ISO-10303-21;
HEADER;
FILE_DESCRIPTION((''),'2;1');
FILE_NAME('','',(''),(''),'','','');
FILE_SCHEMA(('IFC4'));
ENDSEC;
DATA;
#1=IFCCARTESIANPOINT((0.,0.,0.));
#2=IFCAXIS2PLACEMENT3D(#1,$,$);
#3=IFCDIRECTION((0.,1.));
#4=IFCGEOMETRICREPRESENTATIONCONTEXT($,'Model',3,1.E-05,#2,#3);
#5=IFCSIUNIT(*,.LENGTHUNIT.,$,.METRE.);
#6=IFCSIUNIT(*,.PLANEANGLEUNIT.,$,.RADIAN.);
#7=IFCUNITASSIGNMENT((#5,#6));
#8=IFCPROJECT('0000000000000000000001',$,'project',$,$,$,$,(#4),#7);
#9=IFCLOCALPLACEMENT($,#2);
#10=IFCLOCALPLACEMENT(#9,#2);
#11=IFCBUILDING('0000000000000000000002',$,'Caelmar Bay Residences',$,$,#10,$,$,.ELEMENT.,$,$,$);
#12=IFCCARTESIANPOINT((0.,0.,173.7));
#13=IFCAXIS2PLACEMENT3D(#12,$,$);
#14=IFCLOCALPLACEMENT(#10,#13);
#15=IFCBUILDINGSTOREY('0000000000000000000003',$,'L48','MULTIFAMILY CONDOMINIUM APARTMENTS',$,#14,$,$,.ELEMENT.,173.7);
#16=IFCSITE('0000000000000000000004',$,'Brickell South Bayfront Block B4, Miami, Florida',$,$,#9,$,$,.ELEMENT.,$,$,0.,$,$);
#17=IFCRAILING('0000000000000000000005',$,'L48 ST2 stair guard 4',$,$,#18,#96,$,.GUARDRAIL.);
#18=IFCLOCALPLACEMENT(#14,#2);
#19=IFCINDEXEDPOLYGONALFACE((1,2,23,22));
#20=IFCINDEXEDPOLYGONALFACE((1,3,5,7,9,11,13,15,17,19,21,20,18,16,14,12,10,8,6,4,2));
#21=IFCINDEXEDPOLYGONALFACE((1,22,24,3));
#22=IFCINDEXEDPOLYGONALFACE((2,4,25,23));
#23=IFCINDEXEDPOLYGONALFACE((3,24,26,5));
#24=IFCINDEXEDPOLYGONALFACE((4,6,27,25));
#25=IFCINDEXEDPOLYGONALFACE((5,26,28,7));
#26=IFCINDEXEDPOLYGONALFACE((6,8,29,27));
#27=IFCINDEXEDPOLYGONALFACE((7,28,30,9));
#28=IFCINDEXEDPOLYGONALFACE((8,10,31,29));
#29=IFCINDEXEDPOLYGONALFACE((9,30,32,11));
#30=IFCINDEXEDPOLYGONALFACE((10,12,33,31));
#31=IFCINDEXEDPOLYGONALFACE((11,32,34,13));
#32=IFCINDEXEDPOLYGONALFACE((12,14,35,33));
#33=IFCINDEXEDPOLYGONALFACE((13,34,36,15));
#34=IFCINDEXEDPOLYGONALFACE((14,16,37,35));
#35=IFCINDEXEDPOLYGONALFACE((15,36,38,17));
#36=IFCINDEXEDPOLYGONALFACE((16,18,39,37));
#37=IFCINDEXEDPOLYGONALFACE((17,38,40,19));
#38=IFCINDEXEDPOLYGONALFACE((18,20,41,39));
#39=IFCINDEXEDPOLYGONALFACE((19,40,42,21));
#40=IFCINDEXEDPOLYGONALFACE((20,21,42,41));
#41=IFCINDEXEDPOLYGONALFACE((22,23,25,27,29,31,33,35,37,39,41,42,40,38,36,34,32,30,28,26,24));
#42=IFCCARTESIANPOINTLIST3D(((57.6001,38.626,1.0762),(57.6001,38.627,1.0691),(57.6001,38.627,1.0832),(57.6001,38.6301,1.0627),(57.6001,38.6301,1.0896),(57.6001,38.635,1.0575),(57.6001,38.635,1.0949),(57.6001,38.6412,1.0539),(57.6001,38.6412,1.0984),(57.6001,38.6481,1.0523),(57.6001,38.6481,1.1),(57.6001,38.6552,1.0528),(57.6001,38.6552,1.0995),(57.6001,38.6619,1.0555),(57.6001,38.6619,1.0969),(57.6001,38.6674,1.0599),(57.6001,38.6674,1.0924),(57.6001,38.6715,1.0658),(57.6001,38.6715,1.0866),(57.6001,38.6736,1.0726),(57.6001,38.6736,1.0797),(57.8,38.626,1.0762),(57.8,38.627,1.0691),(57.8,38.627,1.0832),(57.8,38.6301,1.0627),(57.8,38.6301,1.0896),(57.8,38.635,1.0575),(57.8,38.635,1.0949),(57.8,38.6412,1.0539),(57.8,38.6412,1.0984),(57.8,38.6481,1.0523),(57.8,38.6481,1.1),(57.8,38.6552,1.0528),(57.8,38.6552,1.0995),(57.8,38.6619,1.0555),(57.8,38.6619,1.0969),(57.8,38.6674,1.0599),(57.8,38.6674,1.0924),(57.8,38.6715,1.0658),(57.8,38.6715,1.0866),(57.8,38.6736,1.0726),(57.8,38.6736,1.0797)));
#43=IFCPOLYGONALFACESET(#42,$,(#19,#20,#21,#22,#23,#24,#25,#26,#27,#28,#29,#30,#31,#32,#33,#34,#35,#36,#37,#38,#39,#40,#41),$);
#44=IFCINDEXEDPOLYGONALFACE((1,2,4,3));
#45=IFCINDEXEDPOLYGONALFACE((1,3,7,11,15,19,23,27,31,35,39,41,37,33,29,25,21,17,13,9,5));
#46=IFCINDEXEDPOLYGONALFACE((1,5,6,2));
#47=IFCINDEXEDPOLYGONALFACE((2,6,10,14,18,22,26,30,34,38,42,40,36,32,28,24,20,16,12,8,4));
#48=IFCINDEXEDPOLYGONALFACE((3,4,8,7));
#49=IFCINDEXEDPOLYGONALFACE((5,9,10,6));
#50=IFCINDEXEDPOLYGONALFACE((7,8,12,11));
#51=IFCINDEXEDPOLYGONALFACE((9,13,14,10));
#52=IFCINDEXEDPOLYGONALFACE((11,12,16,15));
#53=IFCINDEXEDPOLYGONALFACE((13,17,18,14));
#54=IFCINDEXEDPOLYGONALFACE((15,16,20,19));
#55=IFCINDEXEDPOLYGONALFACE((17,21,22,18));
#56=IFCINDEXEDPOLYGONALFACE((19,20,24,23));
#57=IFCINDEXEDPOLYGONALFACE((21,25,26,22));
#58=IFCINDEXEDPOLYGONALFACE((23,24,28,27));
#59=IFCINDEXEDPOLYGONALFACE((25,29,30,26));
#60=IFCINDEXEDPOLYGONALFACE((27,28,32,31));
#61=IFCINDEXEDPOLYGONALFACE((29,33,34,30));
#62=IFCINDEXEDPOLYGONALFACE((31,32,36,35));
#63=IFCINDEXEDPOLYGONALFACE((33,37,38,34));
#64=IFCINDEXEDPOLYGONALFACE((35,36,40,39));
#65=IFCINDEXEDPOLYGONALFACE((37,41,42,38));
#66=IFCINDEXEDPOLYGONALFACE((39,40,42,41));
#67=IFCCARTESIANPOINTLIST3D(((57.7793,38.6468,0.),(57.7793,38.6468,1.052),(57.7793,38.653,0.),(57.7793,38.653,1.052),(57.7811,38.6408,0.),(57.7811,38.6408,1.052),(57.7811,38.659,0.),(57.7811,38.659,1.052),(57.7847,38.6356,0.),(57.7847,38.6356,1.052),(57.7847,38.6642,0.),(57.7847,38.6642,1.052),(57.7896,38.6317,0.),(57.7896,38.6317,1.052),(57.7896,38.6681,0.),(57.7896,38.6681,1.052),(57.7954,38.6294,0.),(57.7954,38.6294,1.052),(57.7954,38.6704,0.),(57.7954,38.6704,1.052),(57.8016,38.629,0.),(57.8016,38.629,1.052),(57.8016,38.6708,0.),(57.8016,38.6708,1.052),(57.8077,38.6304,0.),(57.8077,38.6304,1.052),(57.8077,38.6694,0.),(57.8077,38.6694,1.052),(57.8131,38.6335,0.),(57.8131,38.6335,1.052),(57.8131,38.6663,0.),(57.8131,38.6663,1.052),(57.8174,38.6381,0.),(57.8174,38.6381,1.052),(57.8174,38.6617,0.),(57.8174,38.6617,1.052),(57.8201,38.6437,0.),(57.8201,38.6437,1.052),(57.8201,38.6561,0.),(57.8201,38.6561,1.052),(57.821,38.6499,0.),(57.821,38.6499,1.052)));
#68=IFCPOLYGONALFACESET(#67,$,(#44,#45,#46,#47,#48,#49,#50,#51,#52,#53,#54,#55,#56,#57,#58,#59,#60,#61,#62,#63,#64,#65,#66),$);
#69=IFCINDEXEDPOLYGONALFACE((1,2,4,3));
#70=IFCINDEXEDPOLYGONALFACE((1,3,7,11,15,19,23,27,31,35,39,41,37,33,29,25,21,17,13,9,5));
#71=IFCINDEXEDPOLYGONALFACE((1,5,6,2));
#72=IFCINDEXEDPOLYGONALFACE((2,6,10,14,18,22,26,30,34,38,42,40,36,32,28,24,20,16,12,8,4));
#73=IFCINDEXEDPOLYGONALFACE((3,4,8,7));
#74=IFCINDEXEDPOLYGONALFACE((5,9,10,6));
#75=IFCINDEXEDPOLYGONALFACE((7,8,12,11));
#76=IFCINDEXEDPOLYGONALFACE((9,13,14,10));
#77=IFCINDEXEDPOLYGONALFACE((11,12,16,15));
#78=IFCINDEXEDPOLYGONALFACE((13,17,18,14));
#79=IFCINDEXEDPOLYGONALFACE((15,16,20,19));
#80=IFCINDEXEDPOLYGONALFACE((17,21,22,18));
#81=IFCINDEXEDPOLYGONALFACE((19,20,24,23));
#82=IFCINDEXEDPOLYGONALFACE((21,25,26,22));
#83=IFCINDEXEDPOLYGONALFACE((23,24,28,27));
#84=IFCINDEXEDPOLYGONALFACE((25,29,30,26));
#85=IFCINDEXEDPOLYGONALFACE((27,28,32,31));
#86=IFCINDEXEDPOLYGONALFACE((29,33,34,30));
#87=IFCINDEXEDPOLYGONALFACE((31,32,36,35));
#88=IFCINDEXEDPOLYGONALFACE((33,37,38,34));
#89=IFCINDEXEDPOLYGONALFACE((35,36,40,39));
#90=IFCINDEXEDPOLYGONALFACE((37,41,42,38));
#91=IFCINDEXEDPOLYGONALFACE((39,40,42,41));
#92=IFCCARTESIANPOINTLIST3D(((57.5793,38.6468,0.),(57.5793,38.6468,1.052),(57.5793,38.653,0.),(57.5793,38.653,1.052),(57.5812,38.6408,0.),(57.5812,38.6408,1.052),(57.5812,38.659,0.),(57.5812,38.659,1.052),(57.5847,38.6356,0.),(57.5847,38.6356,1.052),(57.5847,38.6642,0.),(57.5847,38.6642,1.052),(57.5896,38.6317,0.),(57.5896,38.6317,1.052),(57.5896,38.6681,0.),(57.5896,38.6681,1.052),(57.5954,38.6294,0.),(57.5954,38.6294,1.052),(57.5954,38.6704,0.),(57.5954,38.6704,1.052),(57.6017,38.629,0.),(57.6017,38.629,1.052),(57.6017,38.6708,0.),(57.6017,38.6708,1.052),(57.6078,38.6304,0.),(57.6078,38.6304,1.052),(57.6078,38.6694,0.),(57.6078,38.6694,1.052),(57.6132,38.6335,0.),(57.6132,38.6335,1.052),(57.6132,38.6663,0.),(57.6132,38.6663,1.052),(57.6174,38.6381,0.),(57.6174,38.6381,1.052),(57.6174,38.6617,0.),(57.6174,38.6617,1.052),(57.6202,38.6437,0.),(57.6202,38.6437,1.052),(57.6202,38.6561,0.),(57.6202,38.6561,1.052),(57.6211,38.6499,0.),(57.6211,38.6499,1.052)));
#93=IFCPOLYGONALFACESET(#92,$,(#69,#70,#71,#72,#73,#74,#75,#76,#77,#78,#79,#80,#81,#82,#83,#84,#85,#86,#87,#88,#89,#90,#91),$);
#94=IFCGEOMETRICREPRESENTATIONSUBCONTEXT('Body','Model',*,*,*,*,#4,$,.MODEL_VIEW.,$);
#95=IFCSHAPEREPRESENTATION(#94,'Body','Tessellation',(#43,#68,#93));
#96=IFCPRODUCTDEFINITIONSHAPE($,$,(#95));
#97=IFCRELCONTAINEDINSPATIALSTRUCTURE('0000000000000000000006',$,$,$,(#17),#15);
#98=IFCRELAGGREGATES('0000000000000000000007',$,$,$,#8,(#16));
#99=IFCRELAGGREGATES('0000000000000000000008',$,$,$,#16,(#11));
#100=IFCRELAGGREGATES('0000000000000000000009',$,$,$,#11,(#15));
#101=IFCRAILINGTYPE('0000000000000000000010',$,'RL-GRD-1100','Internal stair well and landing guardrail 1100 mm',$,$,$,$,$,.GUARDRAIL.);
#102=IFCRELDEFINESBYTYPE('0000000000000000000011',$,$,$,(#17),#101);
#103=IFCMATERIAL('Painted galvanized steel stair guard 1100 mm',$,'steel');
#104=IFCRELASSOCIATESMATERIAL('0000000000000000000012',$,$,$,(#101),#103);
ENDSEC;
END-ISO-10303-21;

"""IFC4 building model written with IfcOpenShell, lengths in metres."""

from ifc_helpers import new_model, si_unit, direction, frame, origin, origin_2d, place, context, subcontext, project, spatial, circle, extrude, material, type_object, element, save


model = new_model("IFC4")

# Units and contexts
model_context = context("Model", 3, precision=1e-05, world=origin(), true_north=direction((0.0, 1.0)))
body_context = subcontext(model_context, "Body", "Model", "MODEL_VIEW")
ifc_project = project(units=[si_unit("LENGTHUNIT", "METRE"), si_unit("PLANEANGLEUNIT", "RADIAN")], contexts=[model_context])

# Site, building, storey
site_placement = place(None, origin())
site = spatial("IfcSite", under=ifc_project, at=site_placement, Name="Brickell South Bayfront Block B4, Miami, Florida", CompositionType="ELEMENT", RefElevation=0.0)
building_placement = place(site_placement, origin())
building = spatial("IfcBuilding", under=site, at=building_placement, Name="Caelmar Bay Residences", CompositionType="ELEMENT")
storey_placement = place(building_placement, frame((0.0, 0.0, 173.7)))
storey = spatial("IfcBuildingStorey", under=building, at=storey_placement, Name="L48", Description="MULTIFAMILY CONDOMINIUM APARTMENTS", CompositionType="ELEMENT", Elevation=173.7)

# Railing
ifc_material_1 = material(Name="Painted galvanized steel stair guard 1100 mm", Category="steel")
railing_type_1 = type_object("IfcRailingType", Name="RL-GRD-1100", Description="Internal stair well and landing guardrail 1100 mm", PredefinedType="GUARDRAIL", material=ifc_material_1)
railing_1_placement = place(storey_placement, frame((57.8, 38.6499, 0.0)))
element("IfcRailing", 1, at=railing_1_placement, inside=storey, type_object=railing_type_1, Name="L48 ST2 stair guard 4", PredefinedType="GUARDRAIL", context=body_context, shape_type="SweptSolid", body=[
    extrude(circle(Radius=0.0239, at=origin_2d()), frame((0.0, 0.0, 1.0762), z_axis=(-1.0, 0.0, 0.0), x_axis=(0.0, -1.0, 0.0)), (0.0, 0.0, 1.0), 0.2),
    extrude(circle(Radius=0.021, at=origin_2d()), origin(), (0.0, 0.0, 1.0), 1.052),
    extrude(circle(Radius=0.021, at=origin_2d()), frame((-0.2, 0.0, 0.0)), (0.0, 0.0, 1.0), 1.052),
])

save(model, "model.ifc")
